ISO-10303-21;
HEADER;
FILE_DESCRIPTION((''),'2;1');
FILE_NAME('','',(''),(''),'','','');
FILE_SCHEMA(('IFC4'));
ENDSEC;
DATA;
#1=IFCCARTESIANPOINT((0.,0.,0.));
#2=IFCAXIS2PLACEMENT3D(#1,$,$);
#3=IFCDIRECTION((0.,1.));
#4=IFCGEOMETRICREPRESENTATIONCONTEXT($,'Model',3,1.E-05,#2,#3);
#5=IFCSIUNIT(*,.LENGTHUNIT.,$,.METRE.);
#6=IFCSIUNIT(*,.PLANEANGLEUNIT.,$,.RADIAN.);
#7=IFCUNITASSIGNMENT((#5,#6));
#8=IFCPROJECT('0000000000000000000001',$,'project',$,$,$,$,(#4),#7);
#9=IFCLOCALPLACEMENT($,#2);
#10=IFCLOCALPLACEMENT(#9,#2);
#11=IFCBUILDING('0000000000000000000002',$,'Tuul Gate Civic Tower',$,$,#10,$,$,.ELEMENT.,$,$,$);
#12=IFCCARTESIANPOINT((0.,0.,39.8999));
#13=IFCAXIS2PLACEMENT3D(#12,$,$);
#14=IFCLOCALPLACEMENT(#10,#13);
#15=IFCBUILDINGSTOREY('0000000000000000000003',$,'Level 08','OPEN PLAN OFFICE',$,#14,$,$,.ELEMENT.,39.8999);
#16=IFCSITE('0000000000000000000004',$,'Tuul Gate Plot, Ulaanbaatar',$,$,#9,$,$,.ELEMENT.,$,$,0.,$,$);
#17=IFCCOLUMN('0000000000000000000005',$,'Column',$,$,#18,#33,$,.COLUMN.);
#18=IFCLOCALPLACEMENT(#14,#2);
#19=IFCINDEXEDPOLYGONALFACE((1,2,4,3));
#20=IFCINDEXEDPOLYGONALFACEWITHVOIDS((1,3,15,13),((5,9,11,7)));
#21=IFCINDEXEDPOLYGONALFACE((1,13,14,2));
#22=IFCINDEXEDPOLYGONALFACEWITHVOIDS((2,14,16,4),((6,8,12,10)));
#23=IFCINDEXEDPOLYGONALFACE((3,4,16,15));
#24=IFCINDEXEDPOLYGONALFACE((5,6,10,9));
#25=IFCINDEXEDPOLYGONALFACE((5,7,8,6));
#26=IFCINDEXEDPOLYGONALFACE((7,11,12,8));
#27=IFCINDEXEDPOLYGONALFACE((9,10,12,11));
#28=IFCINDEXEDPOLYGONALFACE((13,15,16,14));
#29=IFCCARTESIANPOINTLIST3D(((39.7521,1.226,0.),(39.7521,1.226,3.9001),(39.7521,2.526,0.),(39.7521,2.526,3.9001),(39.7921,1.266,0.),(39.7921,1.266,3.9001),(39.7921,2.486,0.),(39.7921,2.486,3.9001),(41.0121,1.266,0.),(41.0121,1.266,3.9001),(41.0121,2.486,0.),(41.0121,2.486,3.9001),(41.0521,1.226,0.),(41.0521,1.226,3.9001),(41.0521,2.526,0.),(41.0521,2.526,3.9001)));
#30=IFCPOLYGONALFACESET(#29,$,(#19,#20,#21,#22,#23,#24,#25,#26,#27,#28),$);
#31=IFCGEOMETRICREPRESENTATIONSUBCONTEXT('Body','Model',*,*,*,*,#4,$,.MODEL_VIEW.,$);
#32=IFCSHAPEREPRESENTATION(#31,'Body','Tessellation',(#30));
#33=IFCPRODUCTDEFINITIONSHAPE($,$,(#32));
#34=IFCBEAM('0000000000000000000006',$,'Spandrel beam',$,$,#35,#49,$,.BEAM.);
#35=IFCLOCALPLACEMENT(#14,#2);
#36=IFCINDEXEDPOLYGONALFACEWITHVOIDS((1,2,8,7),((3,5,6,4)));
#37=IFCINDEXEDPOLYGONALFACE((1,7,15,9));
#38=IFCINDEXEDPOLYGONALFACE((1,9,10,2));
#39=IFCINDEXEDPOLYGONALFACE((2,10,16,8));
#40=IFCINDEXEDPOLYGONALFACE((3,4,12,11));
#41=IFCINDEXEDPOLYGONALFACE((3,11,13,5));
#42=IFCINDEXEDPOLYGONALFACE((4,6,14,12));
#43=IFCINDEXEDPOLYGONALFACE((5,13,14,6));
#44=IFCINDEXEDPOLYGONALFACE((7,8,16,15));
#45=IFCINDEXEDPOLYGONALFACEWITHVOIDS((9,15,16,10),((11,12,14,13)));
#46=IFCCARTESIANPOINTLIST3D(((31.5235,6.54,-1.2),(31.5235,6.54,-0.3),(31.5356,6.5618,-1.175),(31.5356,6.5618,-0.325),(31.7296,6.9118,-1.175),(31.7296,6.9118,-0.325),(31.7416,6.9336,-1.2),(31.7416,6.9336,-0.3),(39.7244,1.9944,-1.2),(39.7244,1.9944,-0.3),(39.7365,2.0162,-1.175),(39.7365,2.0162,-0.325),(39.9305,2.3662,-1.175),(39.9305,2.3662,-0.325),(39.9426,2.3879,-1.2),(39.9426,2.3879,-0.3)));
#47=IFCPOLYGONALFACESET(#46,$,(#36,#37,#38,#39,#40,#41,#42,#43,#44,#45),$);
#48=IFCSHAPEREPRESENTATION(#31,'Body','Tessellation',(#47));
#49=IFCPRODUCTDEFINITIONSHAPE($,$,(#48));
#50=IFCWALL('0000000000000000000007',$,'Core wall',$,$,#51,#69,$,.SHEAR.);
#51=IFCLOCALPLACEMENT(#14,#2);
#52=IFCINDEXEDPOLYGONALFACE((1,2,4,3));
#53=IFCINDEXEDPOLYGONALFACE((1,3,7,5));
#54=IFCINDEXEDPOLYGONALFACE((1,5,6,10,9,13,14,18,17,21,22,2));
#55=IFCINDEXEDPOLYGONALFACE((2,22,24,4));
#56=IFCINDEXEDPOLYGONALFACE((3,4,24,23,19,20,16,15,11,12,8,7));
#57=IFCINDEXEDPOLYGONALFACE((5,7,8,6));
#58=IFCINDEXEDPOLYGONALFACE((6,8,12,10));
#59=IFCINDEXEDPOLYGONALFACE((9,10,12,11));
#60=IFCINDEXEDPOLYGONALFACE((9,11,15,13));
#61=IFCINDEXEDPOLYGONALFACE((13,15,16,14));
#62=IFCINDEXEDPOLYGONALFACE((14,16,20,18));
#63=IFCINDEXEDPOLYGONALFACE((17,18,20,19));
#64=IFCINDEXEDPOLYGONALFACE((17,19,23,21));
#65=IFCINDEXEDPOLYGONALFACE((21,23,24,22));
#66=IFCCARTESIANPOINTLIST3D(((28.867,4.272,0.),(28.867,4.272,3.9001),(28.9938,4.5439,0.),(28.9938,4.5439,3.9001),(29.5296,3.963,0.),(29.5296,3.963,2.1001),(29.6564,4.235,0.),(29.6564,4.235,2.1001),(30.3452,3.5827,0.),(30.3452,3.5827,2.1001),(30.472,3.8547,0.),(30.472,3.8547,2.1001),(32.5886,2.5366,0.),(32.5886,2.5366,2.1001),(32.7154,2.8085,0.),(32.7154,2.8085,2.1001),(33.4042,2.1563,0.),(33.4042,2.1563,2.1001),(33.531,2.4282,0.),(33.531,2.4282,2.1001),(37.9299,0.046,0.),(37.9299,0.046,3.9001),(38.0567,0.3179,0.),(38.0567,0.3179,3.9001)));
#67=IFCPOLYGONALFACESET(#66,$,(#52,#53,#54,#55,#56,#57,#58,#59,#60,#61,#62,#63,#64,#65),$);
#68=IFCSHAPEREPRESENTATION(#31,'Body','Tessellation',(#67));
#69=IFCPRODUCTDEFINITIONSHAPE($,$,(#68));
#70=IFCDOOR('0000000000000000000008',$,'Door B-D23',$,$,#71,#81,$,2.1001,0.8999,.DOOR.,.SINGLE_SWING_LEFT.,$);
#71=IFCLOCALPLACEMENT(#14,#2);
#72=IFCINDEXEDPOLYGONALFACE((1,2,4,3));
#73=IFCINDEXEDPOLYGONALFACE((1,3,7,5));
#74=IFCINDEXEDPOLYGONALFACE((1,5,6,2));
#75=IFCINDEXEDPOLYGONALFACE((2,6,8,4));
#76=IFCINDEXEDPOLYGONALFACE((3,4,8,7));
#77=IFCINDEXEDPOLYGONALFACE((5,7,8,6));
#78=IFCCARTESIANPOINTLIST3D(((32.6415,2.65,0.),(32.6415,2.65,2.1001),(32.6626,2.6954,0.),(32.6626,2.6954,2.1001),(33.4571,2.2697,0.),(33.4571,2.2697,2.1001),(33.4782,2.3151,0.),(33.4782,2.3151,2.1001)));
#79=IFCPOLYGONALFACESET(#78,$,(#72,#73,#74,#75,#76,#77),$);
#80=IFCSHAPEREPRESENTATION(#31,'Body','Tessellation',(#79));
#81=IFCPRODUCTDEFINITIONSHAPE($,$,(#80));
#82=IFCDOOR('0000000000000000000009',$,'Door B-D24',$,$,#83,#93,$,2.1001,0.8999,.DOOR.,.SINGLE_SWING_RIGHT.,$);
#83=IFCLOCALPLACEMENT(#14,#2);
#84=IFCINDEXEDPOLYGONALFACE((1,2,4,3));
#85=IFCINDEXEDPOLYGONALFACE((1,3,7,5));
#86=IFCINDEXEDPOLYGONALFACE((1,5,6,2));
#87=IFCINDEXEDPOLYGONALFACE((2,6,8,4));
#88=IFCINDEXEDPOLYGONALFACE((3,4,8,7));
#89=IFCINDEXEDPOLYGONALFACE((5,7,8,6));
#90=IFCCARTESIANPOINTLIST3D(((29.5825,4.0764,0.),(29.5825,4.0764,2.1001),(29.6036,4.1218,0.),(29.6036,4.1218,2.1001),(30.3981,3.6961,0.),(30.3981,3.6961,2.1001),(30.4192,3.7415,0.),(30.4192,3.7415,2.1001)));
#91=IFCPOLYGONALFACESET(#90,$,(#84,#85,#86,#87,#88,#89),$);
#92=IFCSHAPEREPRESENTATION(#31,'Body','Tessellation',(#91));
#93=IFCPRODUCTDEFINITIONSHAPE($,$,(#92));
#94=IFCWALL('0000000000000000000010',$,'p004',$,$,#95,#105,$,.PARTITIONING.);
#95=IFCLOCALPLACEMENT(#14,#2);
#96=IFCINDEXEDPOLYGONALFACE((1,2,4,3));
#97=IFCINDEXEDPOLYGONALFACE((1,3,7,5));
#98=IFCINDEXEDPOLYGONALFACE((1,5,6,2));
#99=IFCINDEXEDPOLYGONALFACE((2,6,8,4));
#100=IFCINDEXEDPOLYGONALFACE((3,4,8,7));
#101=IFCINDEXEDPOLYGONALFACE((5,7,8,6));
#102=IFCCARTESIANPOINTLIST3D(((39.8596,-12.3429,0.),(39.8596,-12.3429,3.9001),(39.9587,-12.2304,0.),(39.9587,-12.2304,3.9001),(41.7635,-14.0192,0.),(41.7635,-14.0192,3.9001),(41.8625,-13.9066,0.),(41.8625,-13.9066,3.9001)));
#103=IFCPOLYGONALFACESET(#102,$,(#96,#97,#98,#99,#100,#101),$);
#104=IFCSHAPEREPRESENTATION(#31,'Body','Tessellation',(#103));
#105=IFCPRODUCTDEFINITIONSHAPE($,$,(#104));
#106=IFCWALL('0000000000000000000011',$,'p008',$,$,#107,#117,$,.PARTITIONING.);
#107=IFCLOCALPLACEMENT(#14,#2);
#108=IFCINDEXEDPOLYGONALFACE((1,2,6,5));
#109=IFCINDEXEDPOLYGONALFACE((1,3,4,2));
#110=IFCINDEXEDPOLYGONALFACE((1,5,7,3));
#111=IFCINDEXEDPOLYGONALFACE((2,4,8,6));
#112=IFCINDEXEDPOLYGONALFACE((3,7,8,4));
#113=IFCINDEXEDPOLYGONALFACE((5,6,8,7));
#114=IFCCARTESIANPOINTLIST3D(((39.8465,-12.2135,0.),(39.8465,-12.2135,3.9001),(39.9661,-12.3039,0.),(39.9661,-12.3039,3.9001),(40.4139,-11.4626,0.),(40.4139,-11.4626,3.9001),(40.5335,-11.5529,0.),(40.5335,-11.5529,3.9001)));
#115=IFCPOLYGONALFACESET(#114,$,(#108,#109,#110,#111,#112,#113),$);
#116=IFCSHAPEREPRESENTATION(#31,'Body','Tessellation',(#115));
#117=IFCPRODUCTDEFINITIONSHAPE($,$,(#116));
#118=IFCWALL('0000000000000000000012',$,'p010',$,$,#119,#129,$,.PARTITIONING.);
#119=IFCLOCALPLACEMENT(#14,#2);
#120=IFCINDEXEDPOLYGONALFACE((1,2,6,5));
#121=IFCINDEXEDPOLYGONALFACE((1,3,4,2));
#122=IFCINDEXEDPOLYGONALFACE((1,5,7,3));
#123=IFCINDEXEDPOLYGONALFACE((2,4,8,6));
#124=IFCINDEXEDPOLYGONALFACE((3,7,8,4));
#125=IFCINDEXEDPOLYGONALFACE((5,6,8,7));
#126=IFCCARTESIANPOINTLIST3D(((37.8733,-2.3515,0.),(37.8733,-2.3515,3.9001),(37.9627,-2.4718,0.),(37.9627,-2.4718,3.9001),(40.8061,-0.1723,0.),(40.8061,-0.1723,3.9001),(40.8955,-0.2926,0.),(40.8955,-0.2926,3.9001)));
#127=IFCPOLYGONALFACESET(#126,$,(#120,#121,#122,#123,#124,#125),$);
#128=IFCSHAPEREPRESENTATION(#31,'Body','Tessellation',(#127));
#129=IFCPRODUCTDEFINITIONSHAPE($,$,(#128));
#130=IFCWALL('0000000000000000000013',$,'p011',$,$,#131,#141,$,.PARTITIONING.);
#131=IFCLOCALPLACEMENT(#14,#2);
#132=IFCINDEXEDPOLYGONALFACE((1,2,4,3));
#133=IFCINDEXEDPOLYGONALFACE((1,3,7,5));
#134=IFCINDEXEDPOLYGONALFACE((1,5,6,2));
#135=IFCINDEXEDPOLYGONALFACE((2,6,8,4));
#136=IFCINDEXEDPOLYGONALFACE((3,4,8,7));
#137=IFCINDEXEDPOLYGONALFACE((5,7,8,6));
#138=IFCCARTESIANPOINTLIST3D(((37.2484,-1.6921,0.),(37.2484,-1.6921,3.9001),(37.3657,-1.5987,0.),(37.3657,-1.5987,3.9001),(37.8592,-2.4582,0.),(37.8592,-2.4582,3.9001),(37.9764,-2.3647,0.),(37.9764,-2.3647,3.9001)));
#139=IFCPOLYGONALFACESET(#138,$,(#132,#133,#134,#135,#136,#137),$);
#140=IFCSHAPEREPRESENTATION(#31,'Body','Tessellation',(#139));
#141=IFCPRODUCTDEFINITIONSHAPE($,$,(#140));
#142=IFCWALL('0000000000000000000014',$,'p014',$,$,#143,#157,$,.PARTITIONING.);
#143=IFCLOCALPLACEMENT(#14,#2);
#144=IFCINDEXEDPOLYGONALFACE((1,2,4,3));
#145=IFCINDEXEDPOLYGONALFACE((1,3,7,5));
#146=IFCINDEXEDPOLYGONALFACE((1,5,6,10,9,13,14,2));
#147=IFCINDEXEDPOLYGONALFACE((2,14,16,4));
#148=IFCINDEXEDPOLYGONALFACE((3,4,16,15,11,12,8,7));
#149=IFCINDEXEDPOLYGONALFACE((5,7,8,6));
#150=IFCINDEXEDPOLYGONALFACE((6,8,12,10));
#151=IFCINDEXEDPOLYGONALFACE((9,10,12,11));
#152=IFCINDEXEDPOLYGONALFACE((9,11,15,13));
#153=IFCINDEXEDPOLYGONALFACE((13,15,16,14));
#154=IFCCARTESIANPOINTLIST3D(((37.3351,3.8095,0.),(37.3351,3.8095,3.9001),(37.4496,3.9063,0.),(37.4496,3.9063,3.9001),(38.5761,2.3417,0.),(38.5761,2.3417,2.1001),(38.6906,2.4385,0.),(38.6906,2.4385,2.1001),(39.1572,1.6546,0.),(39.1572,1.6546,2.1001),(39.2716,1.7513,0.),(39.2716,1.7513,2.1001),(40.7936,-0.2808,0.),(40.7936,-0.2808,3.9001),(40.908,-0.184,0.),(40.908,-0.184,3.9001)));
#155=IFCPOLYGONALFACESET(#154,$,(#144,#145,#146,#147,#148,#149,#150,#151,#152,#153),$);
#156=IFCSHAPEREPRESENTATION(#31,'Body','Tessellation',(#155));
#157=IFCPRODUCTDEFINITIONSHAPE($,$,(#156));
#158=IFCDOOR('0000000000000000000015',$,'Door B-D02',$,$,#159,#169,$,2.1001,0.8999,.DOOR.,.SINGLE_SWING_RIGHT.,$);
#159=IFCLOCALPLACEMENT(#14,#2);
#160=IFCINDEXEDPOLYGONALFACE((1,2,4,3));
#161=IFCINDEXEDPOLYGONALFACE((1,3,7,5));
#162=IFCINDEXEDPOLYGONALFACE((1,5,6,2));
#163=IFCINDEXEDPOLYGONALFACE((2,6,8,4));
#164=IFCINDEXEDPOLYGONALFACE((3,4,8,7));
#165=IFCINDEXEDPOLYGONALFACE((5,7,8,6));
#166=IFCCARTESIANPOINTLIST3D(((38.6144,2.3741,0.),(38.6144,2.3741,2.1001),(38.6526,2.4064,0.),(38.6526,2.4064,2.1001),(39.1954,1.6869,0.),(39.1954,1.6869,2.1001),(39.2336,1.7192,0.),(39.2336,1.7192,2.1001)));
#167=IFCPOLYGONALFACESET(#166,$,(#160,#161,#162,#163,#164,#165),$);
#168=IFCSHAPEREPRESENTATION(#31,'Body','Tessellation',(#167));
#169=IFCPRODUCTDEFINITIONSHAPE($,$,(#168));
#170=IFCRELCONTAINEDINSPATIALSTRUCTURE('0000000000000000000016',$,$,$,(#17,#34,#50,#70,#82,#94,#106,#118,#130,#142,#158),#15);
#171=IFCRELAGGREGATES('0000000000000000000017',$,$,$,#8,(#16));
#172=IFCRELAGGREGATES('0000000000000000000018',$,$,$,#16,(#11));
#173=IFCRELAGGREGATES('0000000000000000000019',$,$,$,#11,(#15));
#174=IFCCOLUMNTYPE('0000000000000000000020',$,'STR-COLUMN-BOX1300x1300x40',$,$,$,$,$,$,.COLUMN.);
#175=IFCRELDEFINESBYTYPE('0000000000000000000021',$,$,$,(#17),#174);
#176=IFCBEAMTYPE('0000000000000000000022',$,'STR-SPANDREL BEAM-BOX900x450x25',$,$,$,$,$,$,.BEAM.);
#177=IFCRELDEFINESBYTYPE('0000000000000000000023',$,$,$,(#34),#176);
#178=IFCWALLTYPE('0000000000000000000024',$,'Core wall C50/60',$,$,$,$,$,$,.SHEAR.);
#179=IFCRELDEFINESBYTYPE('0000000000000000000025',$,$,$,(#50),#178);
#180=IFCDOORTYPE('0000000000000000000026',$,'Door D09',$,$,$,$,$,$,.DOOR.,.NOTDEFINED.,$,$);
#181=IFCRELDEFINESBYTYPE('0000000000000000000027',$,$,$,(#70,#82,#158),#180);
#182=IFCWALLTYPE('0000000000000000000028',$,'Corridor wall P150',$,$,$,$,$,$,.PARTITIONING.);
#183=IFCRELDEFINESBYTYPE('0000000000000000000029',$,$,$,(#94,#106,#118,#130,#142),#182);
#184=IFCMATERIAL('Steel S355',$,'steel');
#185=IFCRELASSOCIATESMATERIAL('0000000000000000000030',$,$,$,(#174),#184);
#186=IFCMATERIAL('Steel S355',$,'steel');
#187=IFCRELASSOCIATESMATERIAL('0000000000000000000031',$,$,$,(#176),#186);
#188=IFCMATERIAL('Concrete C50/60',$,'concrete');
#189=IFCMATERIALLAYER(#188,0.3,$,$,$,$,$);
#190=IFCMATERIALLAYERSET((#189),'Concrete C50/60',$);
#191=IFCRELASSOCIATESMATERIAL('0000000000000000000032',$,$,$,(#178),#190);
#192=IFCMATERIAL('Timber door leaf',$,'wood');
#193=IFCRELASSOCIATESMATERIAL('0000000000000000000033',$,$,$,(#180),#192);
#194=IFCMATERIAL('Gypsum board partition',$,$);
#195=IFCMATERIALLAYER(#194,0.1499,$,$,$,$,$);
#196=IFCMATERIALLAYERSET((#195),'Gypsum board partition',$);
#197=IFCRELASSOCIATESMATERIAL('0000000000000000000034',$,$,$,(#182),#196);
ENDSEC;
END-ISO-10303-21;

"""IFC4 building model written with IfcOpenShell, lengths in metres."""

from ifc_helpers import new_model, si_unit, direction, frame, frame_2d, origin, origin_2d, place, context, subcontext, project, spatial, rectangle, hollow_rectangle, extrude, material, layer, layer_set, material_profile, profile_set, type_object, element, fill, save


model = new_model("IFC4")

# Units and contexts
model_context = context("Model", 3, precision=1e-05, world=origin(), true_north=direction((0.0, 1.0)))
body_context = subcontext(model_context, "Body", "Model", "MODEL_VIEW")
ifc_project = project(units=[si_unit("LENGTHUNIT", "METRE"), si_unit("PLANEANGLEUNIT", "RADIAN")], contexts=[model_context])

# Site, building, storey
site_placement = place(None, origin())
site = spatial("IfcSite", under=ifc_project, at=site_placement, Name="Tuul Gate Plot, Ulaanbaatar", CompositionType="ELEMENT", RefElevation=0.0)
building_placement = place(site_placement, origin())
building = spatial("IfcBuilding", under=site, at=building_placement, Name="Tuul Gate Civic Tower", CompositionType="ELEMENT")
storey_placement = place(building_placement, frame((0.0, 0.0, 39.8999)))
storey = spatial("IfcBuildingStorey", under=building, at=storey_placement, Name="Level 08", Description="OPEN PLAN OFFICE", CompositionType="ELEMENT", Elevation=39.8999)

# Column
ifc_material_1 = material(Name="Steel S355", Category="steel")
ifc_material_profile_1 = material_profile(ifc_material_1, hollow_rectangle(XDim=1.3, YDim=1.3, WallThickness=0.04, at=origin_2d()), Name="BOX1300x1300x40")
ifc_profile_set_1 = profile_set([ifc_material_profile_1], Name="Steel S355")
column_type = type_object("IfcColumnType", Name="STR-COLUMN-BOX1300x1300x40", PredefinedType="COLUMN", material=ifc_profile_set_1)
column_placement = place(storey_placement, frame((40.4021, 1.876, 0.0), z_axis=(0.0, 0.0, 1.0), x_axis=(1.0, 0.0, 0.0)))
element("IfcColumn", 1, at=column_placement, inside=storey, type_object=column_type, Name="Column", PredefinedType="COLUMN", context=body_context, shape_type="SweptSolid", body=[
    extrude(hollow_rectangle(XDim=1.3, YDim=1.3, WallThickness=0.04, at=origin_2d()), origin(), (0.0, 0.0, 1.0), 3.9001),
])

# Beam
ifc_material_2 = material(Name="Steel S355", Category="steel")
ifc_material_profile_2 = material_profile(ifc_material_2, hollow_rectangle(XDim=0.45, YDim=0.8999, WallThickness=0.0249, at=origin_2d()), Name="BOX900x450x25")
ifc_profile_set_2 = profile_set([ifc_material_profile_2], Name="Steel S355")
beam_type = type_object("IfcBeamType", Name="STR-SPANDREL BEAM-BOX900x450x25", PredefinedType="BEAM", material=ifc_profile_set_2)
beam_placement = place(storey_placement, frame((39.8335, 2.1912, -0.75), z_axis=(-0.874628, 0.484794, 0.0), x_axis=(-0.484794, -0.874628, 0.0)))
element("IfcBeam", 2, at=beam_placement, inside=storey, type_object=beam_type, Name="Spandrel beam", PredefinedType="BEAM", context=body_context, shape_type="SweptSolid", body=[
    extrude(hollow_rectangle(XDim=0.45, YDim=0.8999, WallThickness=0.0249, at=origin_2d()), origin(), (0.0, 0.0, 1.0), 9.3765),
])

# Wall, openings, doors
ifc_material_3 = material(Name="Concrete C50/60", Category="concrete")
ifc_layer_1 = layer(ifc_material_3, 0.3)
ifc_layer_set_1 = layer_set([ifc_layer_1], Name="Concrete C50/60")
wall_type_1 = type_object("IfcWallType", Name="Core wall C50/60", PredefinedType="SHEAR", material=ifc_layer_set_1)
wall_1_placement = place(storey_placement, frame((37.9934, 0.1819, 0.0), z_axis=(0.0, 0.0, 1.0), x_axis=(-0.90631, 0.422613, 0.0)))
wall_1 = element("IfcWall", 3, at=wall_1_placement, inside=storey, type_object=wall_type_1, Name="Core wall", PredefinedType="SHEAR", context=body_context, shape_type="SweptSolid", body=[
    extrude(rectangle(XDim=9.9998, YDim=0.3, at=frame_2d((5.0, 0.0))), origin(), (0.0, 0.0, 1.0), 3.9001),
])
opening_1_placement = place(wall_1_placement, frame((4.9937, 0.0, 0.0)))
opening_1 = element("IfcOpeningElement", 4, at=opening_1_placement, cuts=wall_1, PredefinedType="OPENING", context=body_context, shape_type="SweptSolid", body=[
    extrude(rectangle(XDim=0.8999, YDim=2.1001, at=frame_2d((0.45, 1.05))), frame((0.0, 0.1602, 0.0), z_axis=(0.0, -1.0, 0.0), x_axis=(1.0, 0.0, 0.0)), (0.0, 0.0, 1.0), 0.3201),
])
opening_2_placement = place(wall_1_placement, frame((8.3689, 0.0, 0.0)))
opening_2 = element("IfcOpeningElement", 5, at=opening_2_placement, cuts=wall_1, PredefinedType="OPENING", context=body_context, shape_type="SweptSolid", body=[
    extrude(rectangle(XDim=0.8999, YDim=2.1001, at=frame_2d((0.45, 1.05))), frame((0.0, 0.1602, 0.0), z_axis=(0.0, -1.0, 0.0), x_axis=(1.0, 0.0, 0.0)), (0.0, 0.0, 1.0), 0.3201),
])
ifc_material_4 = material(Name="Timber door leaf", Category="wood")
door_type_1 = type_object("IfcDoorType", Name="Door D09", OperationType="NOTDEFINED", PredefinedType="DOOR", material=ifc_material_4)
door_1_placement = place(opening_1_placement, origin())
door_1 = element("IfcDoor", 6, at=door_1_placement, inside=storey, type_object=door_type_1, Name="Door B-D23", OperationType="SINGLE_SWING_LEFT", OverallHeight=2.1001, OverallWidth=0.8999, PredefinedType="DOOR", context=body_context, shape_type="SweptSolid", body=[
    extrude(rectangle(XDim=0.8999, YDim=2.1001, at=frame_2d((0.45, 1.05))), frame((0.0, 0.0249, 0.0), z_axis=(0.0, -1.0, 0.0), x_axis=(1.0, 0.0, 0.0)), (0.0, 0.0, 1.0), 0.05),
])
fill(opening_1, door_1)
door_2_placement = place(opening_2_placement, origin())
door_2 = element("IfcDoor", 7, at=door_2_placement, inside=storey, type_object=door_type_1, Name="Door B-D24", OperationType="SINGLE_SWING_RIGHT", OverallHeight=2.1001, OverallWidth=0.8999, PredefinedType="DOOR", context=body_context, shape_type="SweptSolid", body=[
    extrude(rectangle(XDim=0.8999, YDim=2.1001, at=frame_2d((0.45, 1.05))), frame((0.0, 0.0249, 0.0), z_axis=(0.0, -1.0, 0.0), x_axis=(1.0, 0.0, 0.0)), (0.0, 0.0, 1.0), 0.05),
])
fill(opening_2, door_2)

# Walls
ifc_material_5 = material(Name="Gypsum board partition")
ifc_layer_2 = layer(ifc_material_5, 0.1499)
ifc_layer_set_2 = layer_set([ifc_layer_2], Name="Gypsum board partition")
wall_type_2 = type_object("IfcWallType", Name="Corridor wall P150", PredefinedType="PARTITIONING", material=ifc_layer_set_2)
wall_2_placement = place(storey_placement, frame((39.9092, -12.2866, 0.0), z_axis=(0.0, 0.0, 1.0), x_axis=(0.750534, -0.660832, 0.0)))
element("IfcWall", 8, at=wall_2_placement, inside=storey, type_object=wall_type_2, Name="p004", PredefinedType="PARTITIONING", context=body_context, shape_type="SweptSolid", body=[
    extrude(rectangle(XDim=2.5366, YDim=0.1499, at=frame_2d((1.2683, 0.0))), origin(), (0.0, 0.0, 1.0), 3.9001),
])
wall_3_placement = place(storey_placement, frame((39.9062, -12.2588, 0.0), z_axis=(0.0, 0.0, 1.0), x_axis=(0.602818, 0.797878, 0.0)))
element("IfcWall", 9, at=wall_3_placement, inside=storey, type_object=wall_type_2, Name="p008", PredefinedType="PARTITIONING", context=body_context, shape_type="SweptSolid", body=[
    extrude(rectangle(XDim=0.9412, YDim=0.1499, at=frame_2d((0.4707, 0.0))), origin(), (0.0, 0.0, 1.0), 3.9001),
])
wall_4_placement = place(storey_placement, frame((37.918, -2.4116, 0.0), z_axis=(0.0, 0.0, 1.0), x_axis=(0.802678, 0.596413, 0.0)))
element("IfcWall", 10, at=wall_4_placement, inside=storey, type_object=wall_type_2, Name="p010", PredefinedType="PARTITIONING", context=body_context, shape_type="SweptSolid", body=[
    extrude(rectangle(XDim=3.6538, YDim=0.1499, at=frame_2d((1.8269, 0.0))), origin(), (0.0, 0.0, 1.0), 3.9001),
])
wall_5_placement = place(storey_placement, frame((37.3071, -1.6455, 0.0), z_axis=(0.0, 0.0, 1.0), x_axis=(0.623418, -0.781889, 0.0)))
element("IfcWall", 11, at=wall_5_placement, inside=storey, type_object=wall_type_2, Name="p011", PredefinedType="PARTITIONING", context=body_context, shape_type="SweptSolid", body=[
    extrude(rectangle(XDim=0.9797, YDim=0.1499, at=frame_2d((0.4897, 0.0))), origin(), (0.0, 0.0, 1.0), 3.9001),
])

# Wall, opening, door
wall_6_placement = place(storey_placement, frame((37.3923, 3.8579, 0.0), z_axis=(0.0, 0.0, 1.0), x_axis=(0.645664, -0.763621, 0.0)))
wall_6 = element("IfcWall", 12, at=wall_6_placement, inside=storey, type_object=wall_type_2, Name="p014", PredefinedType="PARTITIONING", context=body_context, shape_type="SweptSolid", body=[
    extrude(rectangle(XDim=5.3564, YDim=0.1499, at=frame_2d((2.6782, 0.0))), origin(), (0.0, 0.0, 1.0), 3.9001),
])
opening_3_placement = place(wall_6_placement, frame((1.9221, 0.0, 0.0)))
opening_3 = element("IfcOpeningElement", 13, at=opening_3_placement, cuts=wall_6, PredefinedType="OPENING", context=body_context, shape_type="SweptSolid", body=[
    extrude(rectangle(XDim=0.8999, YDim=2.1001, at=frame_2d((0.45, 1.05))), frame((0.0, 0.085, 0.0), z_axis=(0.0, -1.0, 0.0), x_axis=(1.0, 0.0, 0.0)), (0.0, 0.0, 1.0), 0.1699),
])
door_3_placement = place(opening_3_placement, frame((0.8999, 0.0, 0.0), z_axis=(0.0, 0.0, 1.0), x_axis=(-1.0, 0.0, 0.0)))
door_3 = element("IfcDoor", 14, at=door_3_placement, inside=storey, type_object=door_type_1, Name="Door B-D02", OperationType="SINGLE_SWING_RIGHT", OverallHeight=2.1001, OverallWidth=0.8999, PredefinedType="DOOR", context=body_context, shape_type="SweptSolid", body=[
    extrude(rectangle(XDim=0.8999, YDim=2.1001, at=frame_2d((0.45, 1.05))), frame((0.0, 0.0249, 0.0), z_axis=(0.0, -1.0, 0.0), x_axis=(1.0, 0.0, 0.0)), (0.0, 0.0, 1.0), 0.05),
])
fill(opening_3, door_3)

save(model, "model.ifc")
